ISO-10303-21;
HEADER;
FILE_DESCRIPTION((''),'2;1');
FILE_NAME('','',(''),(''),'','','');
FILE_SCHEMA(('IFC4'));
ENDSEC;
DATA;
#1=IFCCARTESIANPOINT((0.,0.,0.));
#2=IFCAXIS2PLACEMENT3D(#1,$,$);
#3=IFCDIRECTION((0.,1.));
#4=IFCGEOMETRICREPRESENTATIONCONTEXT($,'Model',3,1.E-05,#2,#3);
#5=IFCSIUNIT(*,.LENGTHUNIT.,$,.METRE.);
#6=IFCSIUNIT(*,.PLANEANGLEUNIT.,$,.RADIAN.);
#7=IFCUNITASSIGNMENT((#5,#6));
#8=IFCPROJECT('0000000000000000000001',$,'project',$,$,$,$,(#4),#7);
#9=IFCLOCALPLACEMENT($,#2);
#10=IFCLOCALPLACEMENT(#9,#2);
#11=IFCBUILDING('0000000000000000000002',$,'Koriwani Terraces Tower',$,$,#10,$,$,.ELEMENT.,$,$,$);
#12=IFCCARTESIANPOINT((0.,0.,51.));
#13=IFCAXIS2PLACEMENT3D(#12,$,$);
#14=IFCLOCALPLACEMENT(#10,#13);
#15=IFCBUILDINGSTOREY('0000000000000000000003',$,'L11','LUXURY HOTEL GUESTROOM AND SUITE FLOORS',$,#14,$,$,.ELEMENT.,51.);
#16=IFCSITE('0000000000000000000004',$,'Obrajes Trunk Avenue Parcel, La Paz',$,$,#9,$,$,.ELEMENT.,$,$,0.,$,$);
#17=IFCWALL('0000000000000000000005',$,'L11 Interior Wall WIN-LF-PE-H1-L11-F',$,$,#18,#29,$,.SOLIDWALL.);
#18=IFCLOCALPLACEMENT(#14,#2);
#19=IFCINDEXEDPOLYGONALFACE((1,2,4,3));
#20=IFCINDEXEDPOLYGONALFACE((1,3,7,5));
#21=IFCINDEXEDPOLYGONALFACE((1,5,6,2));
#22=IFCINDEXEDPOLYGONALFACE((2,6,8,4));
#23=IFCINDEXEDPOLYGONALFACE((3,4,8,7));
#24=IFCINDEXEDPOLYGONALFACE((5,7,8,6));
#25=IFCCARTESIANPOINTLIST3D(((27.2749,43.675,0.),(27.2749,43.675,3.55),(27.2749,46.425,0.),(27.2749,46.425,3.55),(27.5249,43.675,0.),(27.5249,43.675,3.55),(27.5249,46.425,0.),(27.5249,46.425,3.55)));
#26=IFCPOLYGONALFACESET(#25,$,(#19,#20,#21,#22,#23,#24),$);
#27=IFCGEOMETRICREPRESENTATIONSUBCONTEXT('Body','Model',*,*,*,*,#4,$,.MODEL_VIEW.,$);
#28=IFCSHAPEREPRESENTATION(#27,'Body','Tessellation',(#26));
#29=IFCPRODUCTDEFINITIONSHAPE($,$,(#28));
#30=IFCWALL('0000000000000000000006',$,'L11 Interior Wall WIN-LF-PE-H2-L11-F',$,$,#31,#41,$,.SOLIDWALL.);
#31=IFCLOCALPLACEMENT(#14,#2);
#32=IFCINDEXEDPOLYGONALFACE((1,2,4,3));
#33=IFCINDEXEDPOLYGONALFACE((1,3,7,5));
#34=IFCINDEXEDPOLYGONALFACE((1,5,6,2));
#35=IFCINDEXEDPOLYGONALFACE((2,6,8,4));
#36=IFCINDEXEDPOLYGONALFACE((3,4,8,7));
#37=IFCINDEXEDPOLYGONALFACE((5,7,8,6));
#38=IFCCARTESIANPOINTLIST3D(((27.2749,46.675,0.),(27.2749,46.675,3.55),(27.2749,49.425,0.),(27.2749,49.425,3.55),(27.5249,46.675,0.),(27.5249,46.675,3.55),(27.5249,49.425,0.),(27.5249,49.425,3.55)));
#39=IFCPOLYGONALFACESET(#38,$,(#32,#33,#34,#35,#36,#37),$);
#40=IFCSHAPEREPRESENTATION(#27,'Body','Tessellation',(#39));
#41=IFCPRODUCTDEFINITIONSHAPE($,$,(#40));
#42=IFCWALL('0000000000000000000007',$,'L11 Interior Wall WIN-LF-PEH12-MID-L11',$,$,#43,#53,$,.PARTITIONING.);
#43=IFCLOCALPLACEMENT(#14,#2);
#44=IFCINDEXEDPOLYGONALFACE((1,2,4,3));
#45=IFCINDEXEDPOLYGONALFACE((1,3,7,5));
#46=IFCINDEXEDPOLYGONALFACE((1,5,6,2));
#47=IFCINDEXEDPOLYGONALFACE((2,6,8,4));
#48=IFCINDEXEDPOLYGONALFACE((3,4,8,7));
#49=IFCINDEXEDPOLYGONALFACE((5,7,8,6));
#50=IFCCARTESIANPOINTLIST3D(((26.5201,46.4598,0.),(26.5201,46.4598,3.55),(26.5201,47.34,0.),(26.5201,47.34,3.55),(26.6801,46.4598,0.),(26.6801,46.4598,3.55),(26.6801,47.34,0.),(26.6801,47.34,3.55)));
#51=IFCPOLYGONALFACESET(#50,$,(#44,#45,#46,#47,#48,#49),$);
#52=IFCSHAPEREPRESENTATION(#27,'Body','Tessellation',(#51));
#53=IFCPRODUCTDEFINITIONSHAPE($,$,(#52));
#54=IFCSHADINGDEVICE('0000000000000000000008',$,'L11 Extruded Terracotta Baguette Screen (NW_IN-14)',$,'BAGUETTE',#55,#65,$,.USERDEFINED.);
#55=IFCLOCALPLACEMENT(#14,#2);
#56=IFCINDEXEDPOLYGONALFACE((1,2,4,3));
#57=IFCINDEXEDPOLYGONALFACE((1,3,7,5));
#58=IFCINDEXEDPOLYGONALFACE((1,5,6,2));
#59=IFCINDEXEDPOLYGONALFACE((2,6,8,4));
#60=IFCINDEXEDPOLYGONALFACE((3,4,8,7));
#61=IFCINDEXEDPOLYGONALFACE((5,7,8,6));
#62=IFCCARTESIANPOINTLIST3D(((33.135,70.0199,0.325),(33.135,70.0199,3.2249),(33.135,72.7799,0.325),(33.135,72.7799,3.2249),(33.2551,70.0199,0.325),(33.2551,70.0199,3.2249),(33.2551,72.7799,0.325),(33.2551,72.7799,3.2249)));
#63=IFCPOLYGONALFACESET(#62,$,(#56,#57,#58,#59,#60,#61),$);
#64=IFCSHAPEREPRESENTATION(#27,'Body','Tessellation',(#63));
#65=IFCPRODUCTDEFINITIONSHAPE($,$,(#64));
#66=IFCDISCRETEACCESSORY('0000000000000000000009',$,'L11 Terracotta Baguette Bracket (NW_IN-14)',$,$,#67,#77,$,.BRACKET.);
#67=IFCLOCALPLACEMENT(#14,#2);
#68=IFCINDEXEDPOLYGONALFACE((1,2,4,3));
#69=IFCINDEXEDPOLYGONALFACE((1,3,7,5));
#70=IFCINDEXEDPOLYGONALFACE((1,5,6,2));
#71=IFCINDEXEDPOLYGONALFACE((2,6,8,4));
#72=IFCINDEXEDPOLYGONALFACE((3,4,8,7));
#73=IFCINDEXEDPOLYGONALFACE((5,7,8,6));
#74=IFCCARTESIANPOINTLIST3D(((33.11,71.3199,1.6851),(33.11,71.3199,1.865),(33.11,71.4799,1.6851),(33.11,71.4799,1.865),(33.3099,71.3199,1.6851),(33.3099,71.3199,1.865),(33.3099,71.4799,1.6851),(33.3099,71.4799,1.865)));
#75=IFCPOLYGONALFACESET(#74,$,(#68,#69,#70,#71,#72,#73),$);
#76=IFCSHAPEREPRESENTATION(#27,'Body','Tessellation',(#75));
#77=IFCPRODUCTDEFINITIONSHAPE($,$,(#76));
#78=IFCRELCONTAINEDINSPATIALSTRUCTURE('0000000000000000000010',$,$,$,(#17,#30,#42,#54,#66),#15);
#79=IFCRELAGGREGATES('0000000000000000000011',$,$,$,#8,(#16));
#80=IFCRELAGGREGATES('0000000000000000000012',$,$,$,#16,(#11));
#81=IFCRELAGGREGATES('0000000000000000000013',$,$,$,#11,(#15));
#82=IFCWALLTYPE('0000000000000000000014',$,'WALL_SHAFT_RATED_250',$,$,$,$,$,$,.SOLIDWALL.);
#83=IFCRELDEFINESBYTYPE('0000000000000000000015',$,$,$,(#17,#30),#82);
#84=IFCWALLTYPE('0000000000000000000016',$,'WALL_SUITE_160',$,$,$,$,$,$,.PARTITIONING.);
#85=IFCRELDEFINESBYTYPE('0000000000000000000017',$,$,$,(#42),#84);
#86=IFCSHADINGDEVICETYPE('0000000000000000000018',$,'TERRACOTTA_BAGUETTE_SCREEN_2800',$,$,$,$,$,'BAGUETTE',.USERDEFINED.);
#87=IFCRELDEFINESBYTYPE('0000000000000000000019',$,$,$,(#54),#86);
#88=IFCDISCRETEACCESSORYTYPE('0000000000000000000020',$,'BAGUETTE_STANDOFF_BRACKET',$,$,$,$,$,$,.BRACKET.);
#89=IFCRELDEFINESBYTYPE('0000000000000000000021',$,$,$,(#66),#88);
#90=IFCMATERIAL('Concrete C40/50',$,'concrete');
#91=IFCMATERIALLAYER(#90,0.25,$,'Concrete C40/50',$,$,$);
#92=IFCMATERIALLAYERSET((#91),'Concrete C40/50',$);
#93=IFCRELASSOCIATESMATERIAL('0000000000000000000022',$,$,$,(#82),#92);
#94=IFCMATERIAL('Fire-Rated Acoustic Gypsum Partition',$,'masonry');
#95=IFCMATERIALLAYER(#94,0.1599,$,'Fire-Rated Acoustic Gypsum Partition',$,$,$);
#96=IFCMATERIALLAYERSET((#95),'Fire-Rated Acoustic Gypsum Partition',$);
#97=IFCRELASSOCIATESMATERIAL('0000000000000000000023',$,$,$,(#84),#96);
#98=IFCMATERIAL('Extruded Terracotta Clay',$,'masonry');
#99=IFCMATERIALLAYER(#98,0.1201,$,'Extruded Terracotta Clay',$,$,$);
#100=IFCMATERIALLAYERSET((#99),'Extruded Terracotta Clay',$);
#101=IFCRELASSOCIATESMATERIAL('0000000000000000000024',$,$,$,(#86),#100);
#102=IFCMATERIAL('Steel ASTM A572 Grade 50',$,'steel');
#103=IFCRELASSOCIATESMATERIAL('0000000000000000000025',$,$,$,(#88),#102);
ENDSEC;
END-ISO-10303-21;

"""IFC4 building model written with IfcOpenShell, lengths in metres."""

from ifc_helpers import new_model, si_unit, direction, frame, frame_2d, origin, origin_2d, place, context, subcontext, project, spatial, rectangle, extrude, material, layer, layer_set, type_object, element, save


model = new_model("IFC4")

# Units and contexts
model_context = context("Model", 3, precision=1e-05, world=origin(), true_north=direction((0.0, 1.0)))
body_context = subcontext(model_context, "Body", "Model", "MODEL_VIEW")
ifc_project = project(units=[si_unit("LENGTHUNIT", "METRE"), si_unit("PLANEANGLEUNIT", "RADIAN")], contexts=[model_context])

# Site, building, storey
site_placement = place(None, origin())
site = spatial("IfcSite", under=ifc_project, at=site_placement, Name="Obrajes Trunk Avenue Parcel, La Paz", CompositionType="ELEMENT", RefElevation=0.0)
building_placement = place(site_placement, origin())
building = spatial("IfcBuilding", under=site, at=building_placement, Name="Koriwani Terraces Tower", CompositionType="ELEMENT")
storey_placement = place(building_placement, frame((0.0, 0.0, 51.0)))
storey = spatial("IfcBuildingStorey", under=building, at=storey_placement, Name="L11", Description="LUXURY HOTEL GUESTROOM AND SUITE FLOORS", CompositionType="ELEMENT", Elevation=51.0)

# Shared definitions
ifc_material_1 = material(Name="Concrete C40/50", Category="concrete")
ifc_material_2 = material(Name="Steel ASTM A572 Grade 50", Category="steel")

# Walls
ifc_layer_1 = layer(ifc_material_1, 0.25, Name="Concrete C40/50")
ifc_layer_set_1 = layer_set([ifc_layer_1], Name="Concrete C40/50")
wall_type_1 = type_object("IfcWallType", Name="WALL_SHAFT_RATED_250", PredefinedType="SOLIDWALL", material=ifc_layer_set_1)
for number, where, z_axis, x_axis, name in (
    (1, (27.3999, 43.675, 0.0), (0.0, 0.0, 1.0), (0.0, 1.0, 0.0), "L11 Interior Wall WIN-LF-PE-H1-L11-F"),
    (2, (27.3999, 46.675, 0.0), (0.0, 0.0, 1.0), (0.0, 1.0, 0.0), "L11 Interior Wall WIN-LF-PE-H2-L11-F"),
):
    element("IfcWall", number, at=place(storey_placement, frame(where, z_axis=z_axis, x_axis=x_axis)), inside=storey, type_object=wall_type_1, Name=name, PredefinedType="SOLIDWALL", context=body_context, shape_type="SweptSolid", body=[
        extrude(rectangle(XDim=2.75, YDim=0.25, at=frame_2d((1.375, 0.0))), origin(), (0.0, 0.0, 1.0), 3.55),
    ])
ifc_material_3 = material(Name="Fire-Rated Acoustic Gypsum Partition", Category="masonry")
ifc_layer_2 = layer(ifc_material_3, 0.1599, Name="Fire-Rated Acoustic Gypsum Partition")
ifc_layer_set_2 = layer_set([ifc_layer_2], Name="Fire-Rated Acoustic Gypsum Partition")
wall_type_2 = type_object("IfcWallType", Name="WALL_SUITE_160", PredefinedType="PARTITIONING", material=ifc_layer_set_2)
wall_1_placement = place(storey_placement, frame((26.6001, 46.46, 0.0), z_axis=(0.0, 0.0, 1.0), x_axis=(0.0, 1.0, 0.0)))
element("IfcWall", 3, at=wall_1_placement, inside=storey, type_object=wall_type_2, Name="L11 Interior Wall WIN-LF-PEH12-MID-L11", PredefinedType="PARTITIONING", context=body_context, shape_type="SweptSolid", body=[
    extrude(rectangle(XDim=0.8801, YDim=0.1599, at=frame_2d((0.4399, 0.0))), origin(), (0.0, 0.0, 1.0), 3.55),
])

# Shading device
ifc_material_4 = material(Name="Extruded Terracotta Clay", Category="masonry")
ifc_layer_3 = layer(ifc_material_4, 0.1201, Name="Extruded Terracotta Clay")
ifc_layer_set_3 = layer_set([ifc_layer_3], Name="Extruded Terracotta Clay")
shading_device_type = type_object("IfcShadingDeviceType", Name="TERRACOTTA_BAGUETTE_SCREEN_2800", ElementType="BAGUETTE", PredefinedType="USERDEFINED", material=ifc_layer_set_3)
shading_device_placement = place(storey_placement, frame((33.1951, 71.3999, 0.325), z_axis=(0.0, 0.0, 1.0), x_axis=(0.0, -1.0, 0.0)))
element("IfcShadingDevice", 4, at=shading_device_placement, inside=storey, type_object=shading_device_type, Name="L11 Extruded Terracotta Baguette Screen (NW_IN-14)", ObjectType="BAGUETTE", PredefinedType="USERDEFINED", context=body_context, shape_type="SweptSolid", body=[
    extrude(rectangle(XDim=2.76, YDim=0.1201, at=origin_2d()), origin(), (0.0, 0.0, 1.0), 2.8999),
])

# Discrete accessory
discrete_accessory_type = type_object("IfcDiscreteAccessoryType", Name="BAGUETTE_STANDOFF_BRACKET", PredefinedType="BRACKET", material=ifc_material_2)
discrete_accessory_placement = place(storey_placement, frame((33.21, 71.3999, 1.6851), z_axis=(0.0, 0.0, 1.0), x_axis=(0.0, -1.0, 0.0)))
element("IfcDiscreteAccessory", 5, at=discrete_accessory_placement, inside=storey, type_object=discrete_accessory_type, Name="L11 Terracotta Baguette Bracket (NW_IN-14)", PredefinedType="BRACKET", context=body_context, shape_type="SweptSolid", body=[
    extrude(rectangle(XDim=0.1599, YDim=0.2, at=origin_2d()), origin(), (0.0, 0.0, 1.0), 0.1799),
])

save(model, "model.ifc")
